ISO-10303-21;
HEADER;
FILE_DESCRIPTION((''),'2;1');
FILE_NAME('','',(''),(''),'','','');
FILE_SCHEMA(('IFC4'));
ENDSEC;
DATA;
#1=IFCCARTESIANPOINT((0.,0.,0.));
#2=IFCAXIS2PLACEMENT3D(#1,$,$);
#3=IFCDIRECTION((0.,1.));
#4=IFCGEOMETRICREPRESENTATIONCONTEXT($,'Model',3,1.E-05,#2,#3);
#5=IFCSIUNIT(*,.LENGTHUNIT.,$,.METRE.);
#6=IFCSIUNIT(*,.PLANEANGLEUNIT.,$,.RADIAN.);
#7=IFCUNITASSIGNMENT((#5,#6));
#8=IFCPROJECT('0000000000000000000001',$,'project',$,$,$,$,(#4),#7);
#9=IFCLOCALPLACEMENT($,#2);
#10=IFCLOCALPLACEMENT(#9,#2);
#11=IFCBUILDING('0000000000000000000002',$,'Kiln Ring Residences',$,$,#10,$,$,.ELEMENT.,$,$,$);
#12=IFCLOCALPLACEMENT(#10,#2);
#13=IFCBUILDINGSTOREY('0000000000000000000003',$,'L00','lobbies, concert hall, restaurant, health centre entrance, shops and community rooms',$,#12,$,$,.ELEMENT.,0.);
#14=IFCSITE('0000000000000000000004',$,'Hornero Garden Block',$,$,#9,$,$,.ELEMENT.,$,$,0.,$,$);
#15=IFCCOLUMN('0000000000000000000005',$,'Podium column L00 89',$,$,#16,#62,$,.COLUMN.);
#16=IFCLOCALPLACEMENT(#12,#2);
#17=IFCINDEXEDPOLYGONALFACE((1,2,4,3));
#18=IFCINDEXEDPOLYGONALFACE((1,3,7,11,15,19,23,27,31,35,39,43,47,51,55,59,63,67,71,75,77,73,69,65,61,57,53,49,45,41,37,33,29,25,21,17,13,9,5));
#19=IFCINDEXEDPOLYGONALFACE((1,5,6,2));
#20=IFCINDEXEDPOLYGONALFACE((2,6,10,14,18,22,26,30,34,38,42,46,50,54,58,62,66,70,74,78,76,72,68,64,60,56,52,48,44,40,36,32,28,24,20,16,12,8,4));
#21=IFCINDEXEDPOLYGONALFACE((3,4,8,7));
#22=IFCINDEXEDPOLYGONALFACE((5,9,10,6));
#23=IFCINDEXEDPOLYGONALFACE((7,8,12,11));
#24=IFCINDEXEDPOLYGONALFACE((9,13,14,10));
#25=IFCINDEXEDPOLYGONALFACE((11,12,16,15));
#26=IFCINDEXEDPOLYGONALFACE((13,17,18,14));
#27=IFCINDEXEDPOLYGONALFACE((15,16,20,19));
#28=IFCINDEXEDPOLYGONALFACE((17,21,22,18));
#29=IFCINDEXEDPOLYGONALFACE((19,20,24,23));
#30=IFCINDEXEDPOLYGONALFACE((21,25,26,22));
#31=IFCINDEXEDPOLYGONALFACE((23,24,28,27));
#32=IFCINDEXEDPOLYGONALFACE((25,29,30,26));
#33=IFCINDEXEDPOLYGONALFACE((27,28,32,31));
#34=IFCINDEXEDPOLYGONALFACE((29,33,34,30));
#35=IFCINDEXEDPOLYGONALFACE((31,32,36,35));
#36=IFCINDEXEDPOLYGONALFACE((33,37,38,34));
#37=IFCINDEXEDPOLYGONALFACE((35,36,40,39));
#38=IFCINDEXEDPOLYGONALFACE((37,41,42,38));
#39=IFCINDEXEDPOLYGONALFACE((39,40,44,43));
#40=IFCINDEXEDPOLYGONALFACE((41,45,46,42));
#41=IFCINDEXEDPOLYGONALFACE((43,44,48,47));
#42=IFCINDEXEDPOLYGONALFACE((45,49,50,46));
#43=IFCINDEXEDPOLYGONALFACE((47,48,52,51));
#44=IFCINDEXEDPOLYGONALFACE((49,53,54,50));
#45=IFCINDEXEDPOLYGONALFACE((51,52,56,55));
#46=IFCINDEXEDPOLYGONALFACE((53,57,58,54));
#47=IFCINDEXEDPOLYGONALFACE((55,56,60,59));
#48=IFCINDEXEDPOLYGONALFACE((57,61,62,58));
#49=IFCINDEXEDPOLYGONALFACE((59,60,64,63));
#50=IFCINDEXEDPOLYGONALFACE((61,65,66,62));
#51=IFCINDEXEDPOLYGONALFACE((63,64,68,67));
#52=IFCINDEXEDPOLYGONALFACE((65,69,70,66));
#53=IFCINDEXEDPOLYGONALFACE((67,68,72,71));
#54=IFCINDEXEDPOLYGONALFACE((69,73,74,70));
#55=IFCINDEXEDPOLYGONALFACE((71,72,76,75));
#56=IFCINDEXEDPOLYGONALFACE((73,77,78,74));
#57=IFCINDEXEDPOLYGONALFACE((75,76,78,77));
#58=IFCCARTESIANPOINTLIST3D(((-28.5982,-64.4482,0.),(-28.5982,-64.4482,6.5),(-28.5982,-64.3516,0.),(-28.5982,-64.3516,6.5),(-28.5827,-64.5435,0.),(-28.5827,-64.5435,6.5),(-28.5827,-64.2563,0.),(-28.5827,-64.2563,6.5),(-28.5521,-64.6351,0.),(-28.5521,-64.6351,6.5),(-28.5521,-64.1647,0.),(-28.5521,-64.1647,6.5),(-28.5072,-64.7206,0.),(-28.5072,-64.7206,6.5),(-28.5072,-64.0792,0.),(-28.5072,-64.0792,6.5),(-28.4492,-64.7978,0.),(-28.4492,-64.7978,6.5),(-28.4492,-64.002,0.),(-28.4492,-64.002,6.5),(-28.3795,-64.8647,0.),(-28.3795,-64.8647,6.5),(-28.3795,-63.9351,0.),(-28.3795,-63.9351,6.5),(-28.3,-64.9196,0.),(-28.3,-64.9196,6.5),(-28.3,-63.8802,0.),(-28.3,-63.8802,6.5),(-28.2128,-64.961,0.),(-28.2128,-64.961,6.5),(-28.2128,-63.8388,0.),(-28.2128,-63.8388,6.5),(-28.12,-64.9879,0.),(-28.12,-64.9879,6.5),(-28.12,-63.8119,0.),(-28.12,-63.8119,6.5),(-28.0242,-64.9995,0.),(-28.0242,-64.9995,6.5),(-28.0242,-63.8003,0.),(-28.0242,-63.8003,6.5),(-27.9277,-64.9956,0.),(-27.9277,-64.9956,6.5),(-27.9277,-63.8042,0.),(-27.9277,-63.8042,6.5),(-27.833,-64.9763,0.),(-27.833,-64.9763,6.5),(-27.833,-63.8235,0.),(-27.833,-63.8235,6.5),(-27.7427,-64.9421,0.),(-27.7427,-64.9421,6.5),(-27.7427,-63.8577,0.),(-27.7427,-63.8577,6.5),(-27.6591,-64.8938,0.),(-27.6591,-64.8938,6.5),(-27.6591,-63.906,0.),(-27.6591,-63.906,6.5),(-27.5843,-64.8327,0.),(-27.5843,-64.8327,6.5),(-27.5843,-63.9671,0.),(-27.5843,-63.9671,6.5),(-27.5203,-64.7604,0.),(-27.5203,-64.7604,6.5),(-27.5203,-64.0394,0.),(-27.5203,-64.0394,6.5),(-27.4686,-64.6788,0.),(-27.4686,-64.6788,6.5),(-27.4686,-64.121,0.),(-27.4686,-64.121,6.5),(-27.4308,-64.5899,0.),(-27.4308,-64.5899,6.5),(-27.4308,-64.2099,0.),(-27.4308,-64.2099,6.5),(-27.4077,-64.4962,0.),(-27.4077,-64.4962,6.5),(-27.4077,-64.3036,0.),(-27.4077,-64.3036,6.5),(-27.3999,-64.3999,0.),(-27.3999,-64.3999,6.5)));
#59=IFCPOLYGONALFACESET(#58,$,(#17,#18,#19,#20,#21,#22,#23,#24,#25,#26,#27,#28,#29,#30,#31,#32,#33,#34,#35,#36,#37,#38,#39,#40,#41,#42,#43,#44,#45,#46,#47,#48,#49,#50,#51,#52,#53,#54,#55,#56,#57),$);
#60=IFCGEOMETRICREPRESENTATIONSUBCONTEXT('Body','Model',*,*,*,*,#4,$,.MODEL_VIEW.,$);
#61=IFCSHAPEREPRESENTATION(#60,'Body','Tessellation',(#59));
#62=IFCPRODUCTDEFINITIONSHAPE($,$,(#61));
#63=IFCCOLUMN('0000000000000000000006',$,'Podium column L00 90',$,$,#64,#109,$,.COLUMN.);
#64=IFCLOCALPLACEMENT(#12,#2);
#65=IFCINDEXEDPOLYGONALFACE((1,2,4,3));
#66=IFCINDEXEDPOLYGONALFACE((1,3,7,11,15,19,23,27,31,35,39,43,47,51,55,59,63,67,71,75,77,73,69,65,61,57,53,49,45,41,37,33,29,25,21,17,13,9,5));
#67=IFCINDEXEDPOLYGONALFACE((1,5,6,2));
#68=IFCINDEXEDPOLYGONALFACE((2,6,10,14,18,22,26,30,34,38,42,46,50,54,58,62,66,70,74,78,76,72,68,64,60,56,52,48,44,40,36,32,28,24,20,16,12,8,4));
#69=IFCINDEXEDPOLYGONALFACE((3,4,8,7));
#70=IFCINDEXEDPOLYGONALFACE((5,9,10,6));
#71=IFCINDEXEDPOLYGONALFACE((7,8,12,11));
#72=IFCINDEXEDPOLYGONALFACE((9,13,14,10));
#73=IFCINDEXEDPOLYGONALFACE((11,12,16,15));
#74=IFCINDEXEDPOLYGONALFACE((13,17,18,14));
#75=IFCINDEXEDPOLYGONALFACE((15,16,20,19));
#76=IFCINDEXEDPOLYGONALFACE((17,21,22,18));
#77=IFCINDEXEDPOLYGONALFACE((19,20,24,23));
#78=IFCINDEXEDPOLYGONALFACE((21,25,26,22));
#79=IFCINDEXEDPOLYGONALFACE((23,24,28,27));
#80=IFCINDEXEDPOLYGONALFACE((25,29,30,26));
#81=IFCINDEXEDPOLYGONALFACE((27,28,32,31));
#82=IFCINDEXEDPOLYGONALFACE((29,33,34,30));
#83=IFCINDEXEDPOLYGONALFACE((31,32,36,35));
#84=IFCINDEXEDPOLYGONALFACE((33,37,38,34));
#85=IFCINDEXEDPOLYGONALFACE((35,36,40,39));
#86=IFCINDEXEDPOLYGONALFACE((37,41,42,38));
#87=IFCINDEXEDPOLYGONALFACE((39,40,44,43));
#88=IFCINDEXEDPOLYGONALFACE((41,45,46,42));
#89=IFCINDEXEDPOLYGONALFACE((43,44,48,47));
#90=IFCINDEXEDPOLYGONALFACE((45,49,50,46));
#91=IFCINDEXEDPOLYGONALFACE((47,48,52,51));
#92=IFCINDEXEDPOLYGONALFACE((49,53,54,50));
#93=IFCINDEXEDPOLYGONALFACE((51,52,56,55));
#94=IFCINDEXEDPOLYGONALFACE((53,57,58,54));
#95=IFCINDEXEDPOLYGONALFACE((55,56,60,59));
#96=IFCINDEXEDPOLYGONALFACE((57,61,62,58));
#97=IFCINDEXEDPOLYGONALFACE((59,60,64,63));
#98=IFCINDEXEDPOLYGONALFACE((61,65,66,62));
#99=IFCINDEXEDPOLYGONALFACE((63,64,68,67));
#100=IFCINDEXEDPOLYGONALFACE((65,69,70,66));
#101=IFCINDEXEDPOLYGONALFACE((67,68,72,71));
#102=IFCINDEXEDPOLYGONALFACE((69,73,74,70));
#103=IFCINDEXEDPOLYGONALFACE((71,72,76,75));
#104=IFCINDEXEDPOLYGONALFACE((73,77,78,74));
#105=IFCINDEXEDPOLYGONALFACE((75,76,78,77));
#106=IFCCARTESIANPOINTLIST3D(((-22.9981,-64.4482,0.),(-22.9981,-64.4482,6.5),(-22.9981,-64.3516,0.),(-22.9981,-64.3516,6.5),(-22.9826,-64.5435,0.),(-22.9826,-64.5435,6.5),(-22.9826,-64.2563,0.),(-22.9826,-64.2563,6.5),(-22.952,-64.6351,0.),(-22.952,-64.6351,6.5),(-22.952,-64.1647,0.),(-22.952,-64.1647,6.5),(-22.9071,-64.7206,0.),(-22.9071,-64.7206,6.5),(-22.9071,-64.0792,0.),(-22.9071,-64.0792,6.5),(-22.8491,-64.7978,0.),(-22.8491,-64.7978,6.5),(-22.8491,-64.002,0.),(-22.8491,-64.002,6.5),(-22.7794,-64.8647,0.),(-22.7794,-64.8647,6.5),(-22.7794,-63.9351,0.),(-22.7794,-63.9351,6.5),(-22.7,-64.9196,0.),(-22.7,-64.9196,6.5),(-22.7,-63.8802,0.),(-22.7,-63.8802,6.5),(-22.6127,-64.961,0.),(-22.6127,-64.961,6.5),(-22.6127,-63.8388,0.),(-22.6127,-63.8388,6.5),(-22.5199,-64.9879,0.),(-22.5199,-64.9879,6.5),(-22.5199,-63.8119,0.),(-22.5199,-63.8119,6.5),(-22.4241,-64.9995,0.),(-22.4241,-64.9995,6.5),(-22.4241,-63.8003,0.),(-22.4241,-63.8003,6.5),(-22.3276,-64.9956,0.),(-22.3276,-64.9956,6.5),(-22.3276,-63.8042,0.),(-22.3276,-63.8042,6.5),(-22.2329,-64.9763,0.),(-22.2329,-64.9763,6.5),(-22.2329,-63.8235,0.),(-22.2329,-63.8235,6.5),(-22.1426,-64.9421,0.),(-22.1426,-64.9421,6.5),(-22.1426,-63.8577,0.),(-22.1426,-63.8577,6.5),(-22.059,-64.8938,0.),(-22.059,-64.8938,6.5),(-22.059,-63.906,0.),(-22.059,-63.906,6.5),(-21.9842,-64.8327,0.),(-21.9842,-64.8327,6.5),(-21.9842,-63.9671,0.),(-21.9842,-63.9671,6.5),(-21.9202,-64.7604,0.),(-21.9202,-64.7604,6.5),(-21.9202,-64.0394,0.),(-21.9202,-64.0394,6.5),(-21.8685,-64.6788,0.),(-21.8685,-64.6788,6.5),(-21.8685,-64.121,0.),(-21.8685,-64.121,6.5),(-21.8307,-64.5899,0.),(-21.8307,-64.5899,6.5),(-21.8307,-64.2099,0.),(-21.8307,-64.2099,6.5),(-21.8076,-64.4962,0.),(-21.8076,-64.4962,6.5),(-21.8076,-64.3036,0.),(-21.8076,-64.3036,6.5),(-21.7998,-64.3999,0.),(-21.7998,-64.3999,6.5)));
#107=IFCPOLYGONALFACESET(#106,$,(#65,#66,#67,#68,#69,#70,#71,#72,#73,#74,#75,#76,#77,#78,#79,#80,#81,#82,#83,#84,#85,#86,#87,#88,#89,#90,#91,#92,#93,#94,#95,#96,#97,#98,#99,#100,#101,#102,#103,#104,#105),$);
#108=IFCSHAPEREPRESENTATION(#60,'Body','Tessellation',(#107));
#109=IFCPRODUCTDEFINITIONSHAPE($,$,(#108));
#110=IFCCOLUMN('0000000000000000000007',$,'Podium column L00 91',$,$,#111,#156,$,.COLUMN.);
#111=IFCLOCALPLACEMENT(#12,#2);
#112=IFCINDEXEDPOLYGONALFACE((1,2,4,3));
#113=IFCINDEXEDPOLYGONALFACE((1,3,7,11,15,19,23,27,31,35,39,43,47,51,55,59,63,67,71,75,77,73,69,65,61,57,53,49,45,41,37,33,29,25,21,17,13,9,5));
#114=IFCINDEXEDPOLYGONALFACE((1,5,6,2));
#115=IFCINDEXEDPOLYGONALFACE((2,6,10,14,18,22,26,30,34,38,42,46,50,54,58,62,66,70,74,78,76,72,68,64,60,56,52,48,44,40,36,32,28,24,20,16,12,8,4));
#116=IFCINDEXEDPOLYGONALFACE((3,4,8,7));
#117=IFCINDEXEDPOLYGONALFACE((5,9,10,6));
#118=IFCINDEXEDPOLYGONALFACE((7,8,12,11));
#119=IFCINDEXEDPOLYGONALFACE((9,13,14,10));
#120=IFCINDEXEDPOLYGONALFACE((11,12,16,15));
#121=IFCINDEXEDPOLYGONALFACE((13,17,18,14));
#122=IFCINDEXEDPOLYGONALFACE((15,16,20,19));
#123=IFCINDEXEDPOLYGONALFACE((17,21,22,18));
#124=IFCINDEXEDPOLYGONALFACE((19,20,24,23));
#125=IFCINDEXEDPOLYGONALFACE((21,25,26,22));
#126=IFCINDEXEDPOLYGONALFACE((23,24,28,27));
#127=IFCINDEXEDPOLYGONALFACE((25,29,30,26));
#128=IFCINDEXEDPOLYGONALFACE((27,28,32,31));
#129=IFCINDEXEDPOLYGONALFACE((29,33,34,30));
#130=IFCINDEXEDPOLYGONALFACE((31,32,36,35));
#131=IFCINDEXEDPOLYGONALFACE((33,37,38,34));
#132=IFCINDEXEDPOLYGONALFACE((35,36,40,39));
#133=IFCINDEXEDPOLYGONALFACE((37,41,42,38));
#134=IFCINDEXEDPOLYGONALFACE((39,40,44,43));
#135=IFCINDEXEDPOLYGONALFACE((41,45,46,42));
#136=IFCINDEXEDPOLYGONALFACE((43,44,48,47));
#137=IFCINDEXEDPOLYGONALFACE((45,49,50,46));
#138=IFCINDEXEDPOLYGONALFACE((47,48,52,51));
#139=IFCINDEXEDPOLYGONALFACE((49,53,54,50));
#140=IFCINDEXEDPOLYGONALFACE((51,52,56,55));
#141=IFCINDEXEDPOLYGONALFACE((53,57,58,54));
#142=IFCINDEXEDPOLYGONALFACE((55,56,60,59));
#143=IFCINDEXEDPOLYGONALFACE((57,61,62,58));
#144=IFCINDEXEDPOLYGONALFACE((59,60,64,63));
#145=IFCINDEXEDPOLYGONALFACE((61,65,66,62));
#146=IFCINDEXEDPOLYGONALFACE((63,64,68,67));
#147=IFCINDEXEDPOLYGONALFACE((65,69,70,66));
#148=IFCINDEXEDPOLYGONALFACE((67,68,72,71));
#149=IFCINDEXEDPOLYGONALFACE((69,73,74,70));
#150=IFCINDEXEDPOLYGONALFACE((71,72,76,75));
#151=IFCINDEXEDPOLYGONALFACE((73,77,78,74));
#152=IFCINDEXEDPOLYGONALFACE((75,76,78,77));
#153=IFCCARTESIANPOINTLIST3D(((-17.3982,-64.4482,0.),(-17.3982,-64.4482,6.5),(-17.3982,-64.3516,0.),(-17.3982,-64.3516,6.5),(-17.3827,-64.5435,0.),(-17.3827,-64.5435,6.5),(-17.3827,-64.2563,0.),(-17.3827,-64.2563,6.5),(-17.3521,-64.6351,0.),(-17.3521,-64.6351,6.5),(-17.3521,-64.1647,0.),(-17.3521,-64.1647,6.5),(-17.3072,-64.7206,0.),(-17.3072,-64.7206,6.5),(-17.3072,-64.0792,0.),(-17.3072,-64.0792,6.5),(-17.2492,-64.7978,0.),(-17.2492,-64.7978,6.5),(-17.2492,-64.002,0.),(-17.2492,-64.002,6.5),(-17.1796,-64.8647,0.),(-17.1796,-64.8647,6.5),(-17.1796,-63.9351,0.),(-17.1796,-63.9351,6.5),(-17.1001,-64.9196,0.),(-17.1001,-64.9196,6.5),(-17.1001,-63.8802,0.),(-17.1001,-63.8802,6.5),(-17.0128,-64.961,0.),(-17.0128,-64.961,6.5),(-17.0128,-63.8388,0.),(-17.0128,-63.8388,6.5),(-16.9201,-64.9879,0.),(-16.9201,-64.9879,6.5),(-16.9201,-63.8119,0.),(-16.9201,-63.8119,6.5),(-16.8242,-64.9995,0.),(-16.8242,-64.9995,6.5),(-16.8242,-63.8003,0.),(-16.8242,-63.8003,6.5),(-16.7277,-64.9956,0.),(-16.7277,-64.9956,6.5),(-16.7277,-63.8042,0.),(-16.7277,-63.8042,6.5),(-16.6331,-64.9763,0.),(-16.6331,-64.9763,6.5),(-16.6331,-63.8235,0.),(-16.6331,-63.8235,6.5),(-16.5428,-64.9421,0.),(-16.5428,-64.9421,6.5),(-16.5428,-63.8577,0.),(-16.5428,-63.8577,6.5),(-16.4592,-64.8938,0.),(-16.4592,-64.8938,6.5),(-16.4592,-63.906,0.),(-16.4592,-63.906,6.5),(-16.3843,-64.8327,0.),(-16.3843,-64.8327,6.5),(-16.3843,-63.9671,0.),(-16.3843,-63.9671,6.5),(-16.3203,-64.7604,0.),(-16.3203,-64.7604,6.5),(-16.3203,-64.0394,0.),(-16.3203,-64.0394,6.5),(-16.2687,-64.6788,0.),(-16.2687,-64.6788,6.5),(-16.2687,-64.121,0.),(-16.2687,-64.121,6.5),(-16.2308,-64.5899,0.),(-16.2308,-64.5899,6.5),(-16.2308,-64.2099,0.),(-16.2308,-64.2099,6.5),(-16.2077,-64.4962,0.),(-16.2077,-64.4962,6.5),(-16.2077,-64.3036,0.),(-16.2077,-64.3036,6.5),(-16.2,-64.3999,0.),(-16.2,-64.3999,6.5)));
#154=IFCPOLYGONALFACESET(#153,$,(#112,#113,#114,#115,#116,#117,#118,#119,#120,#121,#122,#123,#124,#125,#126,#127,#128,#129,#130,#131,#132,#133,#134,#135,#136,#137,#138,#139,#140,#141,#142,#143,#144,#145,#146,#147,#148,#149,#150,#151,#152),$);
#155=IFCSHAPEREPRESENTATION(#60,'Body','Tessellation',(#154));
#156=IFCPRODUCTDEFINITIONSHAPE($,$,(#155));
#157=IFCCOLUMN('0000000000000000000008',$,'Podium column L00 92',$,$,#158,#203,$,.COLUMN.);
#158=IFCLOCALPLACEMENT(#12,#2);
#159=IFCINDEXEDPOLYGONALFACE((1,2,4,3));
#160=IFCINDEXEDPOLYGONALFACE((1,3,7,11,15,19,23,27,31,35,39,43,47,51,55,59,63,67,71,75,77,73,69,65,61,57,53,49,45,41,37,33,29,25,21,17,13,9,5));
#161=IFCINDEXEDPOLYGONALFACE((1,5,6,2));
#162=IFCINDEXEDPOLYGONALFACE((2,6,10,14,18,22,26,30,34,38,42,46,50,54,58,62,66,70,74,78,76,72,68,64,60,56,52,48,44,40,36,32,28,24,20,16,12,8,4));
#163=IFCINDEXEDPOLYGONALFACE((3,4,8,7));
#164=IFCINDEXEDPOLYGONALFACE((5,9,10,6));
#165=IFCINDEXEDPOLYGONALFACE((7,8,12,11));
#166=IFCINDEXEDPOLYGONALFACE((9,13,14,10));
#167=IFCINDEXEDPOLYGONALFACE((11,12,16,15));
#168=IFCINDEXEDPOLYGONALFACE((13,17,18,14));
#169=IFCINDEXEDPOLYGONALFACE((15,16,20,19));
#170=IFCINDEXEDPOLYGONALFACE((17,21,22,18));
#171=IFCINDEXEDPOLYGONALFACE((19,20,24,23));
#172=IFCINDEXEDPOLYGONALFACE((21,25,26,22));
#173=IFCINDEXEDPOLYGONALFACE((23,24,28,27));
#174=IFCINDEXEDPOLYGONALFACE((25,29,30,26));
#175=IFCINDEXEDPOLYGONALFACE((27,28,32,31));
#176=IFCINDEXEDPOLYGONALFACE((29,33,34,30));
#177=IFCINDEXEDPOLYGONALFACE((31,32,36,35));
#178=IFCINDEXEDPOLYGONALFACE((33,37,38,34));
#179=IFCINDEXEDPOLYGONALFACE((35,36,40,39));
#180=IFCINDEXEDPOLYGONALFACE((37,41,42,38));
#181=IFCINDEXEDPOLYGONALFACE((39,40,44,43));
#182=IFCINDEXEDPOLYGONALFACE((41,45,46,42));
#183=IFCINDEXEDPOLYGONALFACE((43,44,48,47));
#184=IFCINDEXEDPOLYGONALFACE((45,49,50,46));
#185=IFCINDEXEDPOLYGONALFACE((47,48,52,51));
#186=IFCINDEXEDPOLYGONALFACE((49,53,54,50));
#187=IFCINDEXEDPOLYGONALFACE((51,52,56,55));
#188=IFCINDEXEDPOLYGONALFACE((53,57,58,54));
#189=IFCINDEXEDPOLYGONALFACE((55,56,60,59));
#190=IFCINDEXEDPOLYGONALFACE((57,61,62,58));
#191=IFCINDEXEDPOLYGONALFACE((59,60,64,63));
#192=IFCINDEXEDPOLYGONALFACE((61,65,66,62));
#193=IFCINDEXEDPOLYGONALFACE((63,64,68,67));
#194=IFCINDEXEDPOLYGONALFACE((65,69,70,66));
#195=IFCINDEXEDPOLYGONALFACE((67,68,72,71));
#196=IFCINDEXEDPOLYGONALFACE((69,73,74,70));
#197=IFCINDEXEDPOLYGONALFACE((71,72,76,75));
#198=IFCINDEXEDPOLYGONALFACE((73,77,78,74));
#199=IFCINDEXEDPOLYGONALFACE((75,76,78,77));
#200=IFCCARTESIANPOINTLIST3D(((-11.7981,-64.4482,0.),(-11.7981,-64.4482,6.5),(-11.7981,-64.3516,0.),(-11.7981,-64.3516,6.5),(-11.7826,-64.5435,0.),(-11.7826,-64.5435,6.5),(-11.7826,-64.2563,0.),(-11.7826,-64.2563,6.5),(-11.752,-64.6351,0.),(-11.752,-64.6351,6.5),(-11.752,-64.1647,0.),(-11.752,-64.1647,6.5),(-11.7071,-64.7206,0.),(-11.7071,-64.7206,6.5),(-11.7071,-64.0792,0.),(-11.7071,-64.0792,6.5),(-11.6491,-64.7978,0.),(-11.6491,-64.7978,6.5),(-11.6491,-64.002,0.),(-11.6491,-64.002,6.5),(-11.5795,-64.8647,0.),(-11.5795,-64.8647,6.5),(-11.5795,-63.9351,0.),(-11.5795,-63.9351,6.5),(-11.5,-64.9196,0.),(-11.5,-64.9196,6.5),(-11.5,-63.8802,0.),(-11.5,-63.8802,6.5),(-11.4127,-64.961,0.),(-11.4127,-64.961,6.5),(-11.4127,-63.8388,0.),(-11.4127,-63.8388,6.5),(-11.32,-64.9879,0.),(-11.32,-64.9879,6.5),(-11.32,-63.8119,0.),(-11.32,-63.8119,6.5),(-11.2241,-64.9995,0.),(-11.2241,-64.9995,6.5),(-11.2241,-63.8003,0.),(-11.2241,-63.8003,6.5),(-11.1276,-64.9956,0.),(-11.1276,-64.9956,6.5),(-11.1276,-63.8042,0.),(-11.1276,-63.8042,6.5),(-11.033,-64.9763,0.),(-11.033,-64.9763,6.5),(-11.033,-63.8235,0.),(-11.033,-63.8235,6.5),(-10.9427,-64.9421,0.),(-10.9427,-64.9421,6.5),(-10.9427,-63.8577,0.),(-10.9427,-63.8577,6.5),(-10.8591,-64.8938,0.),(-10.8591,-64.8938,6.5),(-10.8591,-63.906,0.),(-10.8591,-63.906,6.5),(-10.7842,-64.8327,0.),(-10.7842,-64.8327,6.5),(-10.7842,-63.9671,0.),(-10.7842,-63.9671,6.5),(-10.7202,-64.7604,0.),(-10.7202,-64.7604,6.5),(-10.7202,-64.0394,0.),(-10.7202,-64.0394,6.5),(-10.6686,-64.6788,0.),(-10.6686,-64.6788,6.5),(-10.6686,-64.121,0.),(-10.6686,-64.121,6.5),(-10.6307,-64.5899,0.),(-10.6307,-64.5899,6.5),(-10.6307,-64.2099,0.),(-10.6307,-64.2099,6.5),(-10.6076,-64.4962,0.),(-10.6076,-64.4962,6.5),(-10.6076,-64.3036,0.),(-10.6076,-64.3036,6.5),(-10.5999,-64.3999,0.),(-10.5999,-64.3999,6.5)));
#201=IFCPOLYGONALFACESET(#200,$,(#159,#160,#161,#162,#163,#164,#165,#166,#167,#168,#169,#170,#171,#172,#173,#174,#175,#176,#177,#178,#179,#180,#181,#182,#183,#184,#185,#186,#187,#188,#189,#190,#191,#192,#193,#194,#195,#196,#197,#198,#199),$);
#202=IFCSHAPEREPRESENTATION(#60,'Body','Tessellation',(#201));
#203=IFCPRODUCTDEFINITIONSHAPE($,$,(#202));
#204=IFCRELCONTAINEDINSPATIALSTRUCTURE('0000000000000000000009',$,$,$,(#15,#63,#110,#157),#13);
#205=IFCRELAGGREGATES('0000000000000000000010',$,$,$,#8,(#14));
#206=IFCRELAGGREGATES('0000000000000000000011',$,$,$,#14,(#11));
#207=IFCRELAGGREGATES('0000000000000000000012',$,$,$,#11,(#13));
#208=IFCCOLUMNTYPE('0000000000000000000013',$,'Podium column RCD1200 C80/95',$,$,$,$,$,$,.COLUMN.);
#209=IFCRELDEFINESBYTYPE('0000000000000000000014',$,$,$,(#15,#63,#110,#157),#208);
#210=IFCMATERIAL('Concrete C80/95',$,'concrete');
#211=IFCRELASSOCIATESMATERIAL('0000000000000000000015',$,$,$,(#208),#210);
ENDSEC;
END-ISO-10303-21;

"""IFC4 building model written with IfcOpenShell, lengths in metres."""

from ifc_helpers import new_model, si_unit, direction, frame, origin, origin_2d, place, context, subcontext, project, spatial, circle, extrude, material, material_profile, profile_set, type_object, element, save


model = new_model("IFC4")

# Units and contexts
model_context = context("Model", 3, precision=1e-05, world=origin(), true_north=direction((0.0, 1.0)))
body_context = subcontext(model_context, "Body", "Model", "MODEL_VIEW")
ifc_project = project(units=[si_unit("LENGTHUNIT", "METRE"), si_unit("PLANEANGLEUNIT", "RADIAN")], contexts=[model_context])

# Site, building, storey
site_placement = place(None, origin())
site = spatial("IfcSite", under=ifc_project, at=site_placement, Name="Hornero Garden Block", CompositionType="ELEMENT", RefElevation=0.0)
building_placement = place(site_placement, origin())
building = spatial("IfcBuilding", under=site, at=building_placement, Name="Kiln Ring Residences", CompositionType="ELEMENT")
storey_placement = place(building_placement, origin())
storey = spatial("IfcBuildingStorey", under=building, at=storey_placement, Name="L00", Description="lobbies, concert hall, restaurant, health centre entrance, shops and community rooms", CompositionType="ELEMENT", Elevation=0.0)

# Columns
ifc_material_1 = material(Name="Concrete C80/95", Category="concrete")
ifc_material_profile_1 = material_profile(ifc_material_1, circle(Radius=0.6001, at=origin_2d()), Name="RCD1200")
ifc_profile_set_1 = profile_set([ifc_material_profile_1], Name="Concrete C80/95")
column_type = type_object("IfcColumnType", Name="Podium column RCD1200 C80/95", PredefinedType="COLUMN", material=ifc_profile_set_1)
for number, where, z_axis, x_axis, name in (
    (1, (-28.0, -64.3999, 0.0), (0.0, 0.0, 1.0), (1.0, 0.0, 0.0), "Podium column L00 89"),
    (2, (-22.3999, -64.3999, 0.0), (0.0, 0.0, 1.0), (1.0, 0.0, 0.0), "Podium column L00 90"),
    (3, (-16.8, -64.3999, 0.0), (0.0, 0.0, 1.0), (1.0, 0.0, 0.0), "Podium column L00 91"),
    (4, (-11.2, -64.3999, 0.0), (0.0, 0.0, 1.0), (1.0, 0.0, 0.0), "Podium column L00 92"),
):
    element("IfcColumn", number, at=place(storey_placement, frame(where, z_axis=z_axis, x_axis=x_axis)), inside=storey, type_object=column_type, Name=name, PredefinedType="COLUMN", context=body_context, shape_type="SweptSolid", body=[
        extrude(circle(Radius=0.6001, at=origin_2d()), origin(), (0.0, 0.0, 1.0), 6.5),
    ])

save(model, "model.ifc")
